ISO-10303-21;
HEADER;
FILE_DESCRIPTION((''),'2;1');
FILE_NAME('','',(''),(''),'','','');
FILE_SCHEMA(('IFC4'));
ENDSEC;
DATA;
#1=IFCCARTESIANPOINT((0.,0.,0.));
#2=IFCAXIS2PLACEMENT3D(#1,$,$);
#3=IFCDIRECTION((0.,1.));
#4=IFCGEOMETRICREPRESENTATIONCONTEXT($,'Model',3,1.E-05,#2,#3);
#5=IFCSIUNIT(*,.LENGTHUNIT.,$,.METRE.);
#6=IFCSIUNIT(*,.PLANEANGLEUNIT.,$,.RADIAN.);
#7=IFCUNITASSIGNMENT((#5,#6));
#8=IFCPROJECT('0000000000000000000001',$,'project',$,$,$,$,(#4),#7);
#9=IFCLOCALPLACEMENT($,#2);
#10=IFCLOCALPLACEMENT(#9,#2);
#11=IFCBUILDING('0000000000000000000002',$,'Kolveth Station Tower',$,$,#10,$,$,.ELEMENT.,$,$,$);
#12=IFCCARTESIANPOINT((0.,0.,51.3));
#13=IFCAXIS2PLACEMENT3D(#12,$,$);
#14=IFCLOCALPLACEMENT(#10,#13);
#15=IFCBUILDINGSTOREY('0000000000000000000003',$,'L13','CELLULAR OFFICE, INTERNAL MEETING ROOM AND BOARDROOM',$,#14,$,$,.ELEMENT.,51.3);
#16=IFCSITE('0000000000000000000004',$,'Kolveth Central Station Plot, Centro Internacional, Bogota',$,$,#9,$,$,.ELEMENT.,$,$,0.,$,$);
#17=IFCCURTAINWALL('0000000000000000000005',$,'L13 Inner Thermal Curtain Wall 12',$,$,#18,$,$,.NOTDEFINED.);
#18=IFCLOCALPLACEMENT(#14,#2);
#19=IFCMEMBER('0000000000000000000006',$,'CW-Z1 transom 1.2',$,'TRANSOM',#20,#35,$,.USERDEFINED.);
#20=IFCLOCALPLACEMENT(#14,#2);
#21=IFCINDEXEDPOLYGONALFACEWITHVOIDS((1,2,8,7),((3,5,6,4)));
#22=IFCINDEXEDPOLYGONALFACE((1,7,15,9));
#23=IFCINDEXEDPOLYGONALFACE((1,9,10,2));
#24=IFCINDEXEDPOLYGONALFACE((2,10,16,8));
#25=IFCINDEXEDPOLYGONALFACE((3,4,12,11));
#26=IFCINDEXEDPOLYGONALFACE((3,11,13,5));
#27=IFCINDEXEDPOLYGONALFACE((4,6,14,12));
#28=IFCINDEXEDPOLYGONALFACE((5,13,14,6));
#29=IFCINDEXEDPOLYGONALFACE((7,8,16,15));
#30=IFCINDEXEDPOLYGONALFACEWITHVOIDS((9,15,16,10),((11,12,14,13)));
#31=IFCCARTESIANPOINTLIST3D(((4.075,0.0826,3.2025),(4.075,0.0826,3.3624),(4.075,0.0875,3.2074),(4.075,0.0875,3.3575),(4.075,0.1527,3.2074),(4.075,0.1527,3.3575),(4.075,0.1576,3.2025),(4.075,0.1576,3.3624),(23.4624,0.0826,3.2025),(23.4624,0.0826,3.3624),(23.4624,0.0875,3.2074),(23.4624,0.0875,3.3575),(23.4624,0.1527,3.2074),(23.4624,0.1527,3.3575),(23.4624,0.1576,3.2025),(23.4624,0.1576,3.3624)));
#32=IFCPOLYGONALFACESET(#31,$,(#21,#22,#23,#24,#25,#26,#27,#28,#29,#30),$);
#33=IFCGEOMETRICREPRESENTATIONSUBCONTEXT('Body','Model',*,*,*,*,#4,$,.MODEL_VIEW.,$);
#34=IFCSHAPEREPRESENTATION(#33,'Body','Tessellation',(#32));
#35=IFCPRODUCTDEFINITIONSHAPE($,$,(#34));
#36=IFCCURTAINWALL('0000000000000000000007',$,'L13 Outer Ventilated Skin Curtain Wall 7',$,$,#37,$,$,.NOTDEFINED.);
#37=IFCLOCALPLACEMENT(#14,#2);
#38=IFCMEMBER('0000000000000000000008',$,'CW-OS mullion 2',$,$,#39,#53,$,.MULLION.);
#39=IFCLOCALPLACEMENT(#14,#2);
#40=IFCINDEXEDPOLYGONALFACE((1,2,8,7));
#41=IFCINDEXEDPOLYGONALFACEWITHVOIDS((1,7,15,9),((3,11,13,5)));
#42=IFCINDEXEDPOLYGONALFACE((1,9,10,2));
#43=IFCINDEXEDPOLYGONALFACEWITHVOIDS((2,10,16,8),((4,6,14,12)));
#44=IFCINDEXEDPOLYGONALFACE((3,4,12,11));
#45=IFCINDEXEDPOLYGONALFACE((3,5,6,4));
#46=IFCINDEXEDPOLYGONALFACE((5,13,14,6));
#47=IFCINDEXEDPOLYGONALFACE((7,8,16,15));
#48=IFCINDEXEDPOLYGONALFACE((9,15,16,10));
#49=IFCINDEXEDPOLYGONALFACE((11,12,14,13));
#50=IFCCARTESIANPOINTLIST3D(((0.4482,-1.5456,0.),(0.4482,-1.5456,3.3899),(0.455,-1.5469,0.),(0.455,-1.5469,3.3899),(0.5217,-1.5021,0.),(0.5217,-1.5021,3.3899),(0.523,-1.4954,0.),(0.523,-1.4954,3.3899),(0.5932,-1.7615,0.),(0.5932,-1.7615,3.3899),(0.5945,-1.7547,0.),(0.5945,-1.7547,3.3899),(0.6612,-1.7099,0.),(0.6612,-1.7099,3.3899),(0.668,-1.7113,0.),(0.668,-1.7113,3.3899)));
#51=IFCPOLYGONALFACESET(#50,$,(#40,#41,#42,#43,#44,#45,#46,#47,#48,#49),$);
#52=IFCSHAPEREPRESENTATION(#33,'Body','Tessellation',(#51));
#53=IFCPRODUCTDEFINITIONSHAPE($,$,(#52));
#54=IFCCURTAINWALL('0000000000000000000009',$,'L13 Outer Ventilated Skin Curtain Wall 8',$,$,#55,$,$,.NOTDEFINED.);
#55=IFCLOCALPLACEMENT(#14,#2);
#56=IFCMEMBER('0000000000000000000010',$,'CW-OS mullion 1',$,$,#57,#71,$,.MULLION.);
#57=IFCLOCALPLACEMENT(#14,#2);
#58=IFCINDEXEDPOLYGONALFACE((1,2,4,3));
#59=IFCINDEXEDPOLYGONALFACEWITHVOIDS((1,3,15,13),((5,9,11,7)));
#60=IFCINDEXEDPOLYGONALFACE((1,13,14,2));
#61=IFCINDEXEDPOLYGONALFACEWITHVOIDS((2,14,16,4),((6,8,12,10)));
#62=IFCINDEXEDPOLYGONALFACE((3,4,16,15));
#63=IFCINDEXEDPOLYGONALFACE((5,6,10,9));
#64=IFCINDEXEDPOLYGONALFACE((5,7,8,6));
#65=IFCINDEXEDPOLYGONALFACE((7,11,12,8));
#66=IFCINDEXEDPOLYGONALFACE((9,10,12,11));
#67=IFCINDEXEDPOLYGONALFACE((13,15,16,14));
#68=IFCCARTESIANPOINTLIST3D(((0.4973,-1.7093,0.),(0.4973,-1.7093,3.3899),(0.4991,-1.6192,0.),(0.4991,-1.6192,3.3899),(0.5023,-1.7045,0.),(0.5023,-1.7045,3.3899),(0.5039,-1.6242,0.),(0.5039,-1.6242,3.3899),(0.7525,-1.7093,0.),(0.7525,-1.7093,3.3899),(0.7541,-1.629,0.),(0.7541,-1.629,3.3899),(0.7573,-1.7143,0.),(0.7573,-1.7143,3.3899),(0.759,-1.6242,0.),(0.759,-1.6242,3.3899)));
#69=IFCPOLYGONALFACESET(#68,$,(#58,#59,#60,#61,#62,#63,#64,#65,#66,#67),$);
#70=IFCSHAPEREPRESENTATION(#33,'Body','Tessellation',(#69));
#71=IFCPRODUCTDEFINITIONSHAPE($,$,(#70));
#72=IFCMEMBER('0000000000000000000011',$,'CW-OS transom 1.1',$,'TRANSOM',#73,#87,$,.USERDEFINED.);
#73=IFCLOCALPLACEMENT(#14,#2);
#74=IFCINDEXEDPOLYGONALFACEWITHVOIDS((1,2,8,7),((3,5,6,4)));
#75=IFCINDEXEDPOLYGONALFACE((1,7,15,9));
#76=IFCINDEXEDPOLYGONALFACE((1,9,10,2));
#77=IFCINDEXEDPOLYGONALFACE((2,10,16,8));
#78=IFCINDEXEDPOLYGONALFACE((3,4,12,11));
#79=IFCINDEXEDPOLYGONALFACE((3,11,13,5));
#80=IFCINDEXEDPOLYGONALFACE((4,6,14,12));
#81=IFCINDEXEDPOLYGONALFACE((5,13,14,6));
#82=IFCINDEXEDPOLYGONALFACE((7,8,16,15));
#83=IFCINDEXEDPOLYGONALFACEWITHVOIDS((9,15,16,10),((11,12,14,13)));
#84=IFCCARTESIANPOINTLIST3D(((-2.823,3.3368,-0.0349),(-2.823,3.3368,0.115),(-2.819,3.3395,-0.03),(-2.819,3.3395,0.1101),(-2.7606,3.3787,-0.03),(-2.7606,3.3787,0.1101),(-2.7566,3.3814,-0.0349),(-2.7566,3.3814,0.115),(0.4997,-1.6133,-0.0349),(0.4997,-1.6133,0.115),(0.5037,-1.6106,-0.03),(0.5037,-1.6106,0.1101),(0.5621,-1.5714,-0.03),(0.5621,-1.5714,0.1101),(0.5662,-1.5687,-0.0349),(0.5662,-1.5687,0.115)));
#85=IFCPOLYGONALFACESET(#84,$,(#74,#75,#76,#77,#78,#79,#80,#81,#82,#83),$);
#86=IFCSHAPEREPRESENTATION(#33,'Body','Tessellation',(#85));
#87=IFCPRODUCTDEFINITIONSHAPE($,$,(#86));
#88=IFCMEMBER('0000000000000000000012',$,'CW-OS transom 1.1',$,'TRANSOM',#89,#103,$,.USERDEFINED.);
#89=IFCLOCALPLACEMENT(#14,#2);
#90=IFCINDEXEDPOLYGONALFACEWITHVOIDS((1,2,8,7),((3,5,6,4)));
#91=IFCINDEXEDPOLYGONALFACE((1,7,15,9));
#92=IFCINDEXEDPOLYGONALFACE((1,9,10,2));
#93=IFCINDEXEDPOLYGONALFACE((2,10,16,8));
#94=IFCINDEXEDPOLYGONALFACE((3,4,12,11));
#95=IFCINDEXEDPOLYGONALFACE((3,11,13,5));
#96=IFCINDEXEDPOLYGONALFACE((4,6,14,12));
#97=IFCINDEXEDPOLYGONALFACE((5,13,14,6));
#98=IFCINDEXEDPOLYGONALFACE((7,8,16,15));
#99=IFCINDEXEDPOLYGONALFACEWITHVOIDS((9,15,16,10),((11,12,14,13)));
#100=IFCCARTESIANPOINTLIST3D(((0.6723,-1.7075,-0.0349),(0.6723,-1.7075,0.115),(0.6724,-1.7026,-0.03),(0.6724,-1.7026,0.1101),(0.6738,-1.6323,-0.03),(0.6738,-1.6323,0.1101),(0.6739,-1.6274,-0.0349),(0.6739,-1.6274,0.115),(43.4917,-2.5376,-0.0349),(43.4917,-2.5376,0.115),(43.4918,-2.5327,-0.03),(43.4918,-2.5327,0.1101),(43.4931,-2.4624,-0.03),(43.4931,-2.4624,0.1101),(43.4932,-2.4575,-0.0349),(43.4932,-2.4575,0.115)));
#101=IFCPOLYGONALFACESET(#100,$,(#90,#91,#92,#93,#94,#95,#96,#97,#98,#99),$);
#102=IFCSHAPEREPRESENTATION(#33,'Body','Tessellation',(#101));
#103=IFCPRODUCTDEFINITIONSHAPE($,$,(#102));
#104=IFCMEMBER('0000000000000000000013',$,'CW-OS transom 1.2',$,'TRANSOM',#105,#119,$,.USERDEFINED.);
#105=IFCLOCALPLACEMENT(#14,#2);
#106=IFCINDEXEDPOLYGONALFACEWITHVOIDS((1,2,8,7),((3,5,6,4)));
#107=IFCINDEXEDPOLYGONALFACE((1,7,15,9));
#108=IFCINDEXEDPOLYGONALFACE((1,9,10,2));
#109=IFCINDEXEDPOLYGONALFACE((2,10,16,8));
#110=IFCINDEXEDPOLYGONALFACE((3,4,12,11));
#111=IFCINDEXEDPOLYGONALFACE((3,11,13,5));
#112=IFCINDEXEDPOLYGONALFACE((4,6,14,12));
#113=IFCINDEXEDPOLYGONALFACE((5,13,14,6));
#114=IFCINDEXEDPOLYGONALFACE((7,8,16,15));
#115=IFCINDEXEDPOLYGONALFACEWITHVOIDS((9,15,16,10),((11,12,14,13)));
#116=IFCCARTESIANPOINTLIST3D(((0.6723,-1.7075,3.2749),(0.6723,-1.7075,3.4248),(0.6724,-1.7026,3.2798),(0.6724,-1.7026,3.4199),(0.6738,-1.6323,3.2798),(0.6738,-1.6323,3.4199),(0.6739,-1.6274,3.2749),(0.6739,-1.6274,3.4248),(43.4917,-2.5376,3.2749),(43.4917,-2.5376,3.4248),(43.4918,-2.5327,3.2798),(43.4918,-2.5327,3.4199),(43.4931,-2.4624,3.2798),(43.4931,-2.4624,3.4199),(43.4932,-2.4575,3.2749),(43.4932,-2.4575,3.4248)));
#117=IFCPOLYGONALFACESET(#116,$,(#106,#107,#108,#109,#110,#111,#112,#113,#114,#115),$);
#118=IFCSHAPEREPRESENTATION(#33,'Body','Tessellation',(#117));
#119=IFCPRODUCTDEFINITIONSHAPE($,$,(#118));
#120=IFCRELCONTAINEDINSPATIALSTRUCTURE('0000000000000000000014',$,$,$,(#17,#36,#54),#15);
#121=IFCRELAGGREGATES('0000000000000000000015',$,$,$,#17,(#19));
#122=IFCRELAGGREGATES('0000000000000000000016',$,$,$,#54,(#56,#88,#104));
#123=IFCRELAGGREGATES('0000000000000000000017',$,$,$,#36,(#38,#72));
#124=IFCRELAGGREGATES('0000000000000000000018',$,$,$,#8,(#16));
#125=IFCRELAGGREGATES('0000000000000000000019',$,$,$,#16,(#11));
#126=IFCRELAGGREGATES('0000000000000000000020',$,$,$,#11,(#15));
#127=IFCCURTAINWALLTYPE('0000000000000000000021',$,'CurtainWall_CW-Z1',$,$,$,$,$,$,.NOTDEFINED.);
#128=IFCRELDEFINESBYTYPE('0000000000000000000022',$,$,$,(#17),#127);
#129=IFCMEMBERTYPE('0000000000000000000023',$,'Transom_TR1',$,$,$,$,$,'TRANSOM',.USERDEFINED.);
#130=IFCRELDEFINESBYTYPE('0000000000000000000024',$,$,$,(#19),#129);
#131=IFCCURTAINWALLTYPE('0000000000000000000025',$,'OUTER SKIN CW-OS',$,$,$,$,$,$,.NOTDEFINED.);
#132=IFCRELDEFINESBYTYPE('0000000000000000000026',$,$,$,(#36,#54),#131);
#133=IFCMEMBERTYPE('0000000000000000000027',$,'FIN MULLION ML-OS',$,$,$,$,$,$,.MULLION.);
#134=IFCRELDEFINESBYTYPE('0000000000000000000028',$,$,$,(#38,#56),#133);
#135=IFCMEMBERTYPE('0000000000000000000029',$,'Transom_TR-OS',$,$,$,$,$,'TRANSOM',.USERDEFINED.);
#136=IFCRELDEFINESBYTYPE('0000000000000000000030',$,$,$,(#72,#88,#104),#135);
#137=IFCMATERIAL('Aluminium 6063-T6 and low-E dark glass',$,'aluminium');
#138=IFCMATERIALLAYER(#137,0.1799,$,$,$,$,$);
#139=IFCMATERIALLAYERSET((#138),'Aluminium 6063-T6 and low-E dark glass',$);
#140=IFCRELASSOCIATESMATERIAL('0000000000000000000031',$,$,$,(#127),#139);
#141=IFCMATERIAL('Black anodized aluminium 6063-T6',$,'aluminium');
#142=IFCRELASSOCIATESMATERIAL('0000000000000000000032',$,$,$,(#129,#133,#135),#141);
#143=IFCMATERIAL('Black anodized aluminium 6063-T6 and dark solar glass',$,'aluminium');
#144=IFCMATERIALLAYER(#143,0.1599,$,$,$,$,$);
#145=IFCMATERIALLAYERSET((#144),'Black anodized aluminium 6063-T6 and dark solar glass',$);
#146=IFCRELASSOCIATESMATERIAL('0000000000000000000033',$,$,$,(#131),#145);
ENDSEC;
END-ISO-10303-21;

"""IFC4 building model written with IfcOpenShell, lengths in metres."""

from ifc_helpers import new_model, si_unit, direction, frame, origin, origin_2d, place, context, subcontext, project, spatial, hollow_rectangle, extrude, source, transform, mapped, material, layer, layer_set, material_profile, profile_set, type_object, element, aggregate, save


model = new_model("IFC4")

# Units and contexts
model_context = context("Model", 3, precision=1e-05, world=origin(), true_north=direction((0.0, 1.0)))
body_context = subcontext(model_context, "Body", "Model", "MODEL_VIEW")
ifc_project = project(units=[si_unit("LENGTHUNIT", "METRE"), si_unit("PLANEANGLEUNIT", "RADIAN")], contexts=[model_context])

# Site, building, storey
site_placement = place(None, origin())
site = spatial("IfcSite", under=ifc_project, at=site_placement, Name="Kolveth Central Station Plot, Centro Internacional, Bogota", CompositionType="ELEMENT", RefElevation=0.0)
building_placement = place(site_placement, origin())
building = spatial("IfcBuilding", under=site, at=building_placement, Name="Kolveth Station Tower", CompositionType="ELEMENT")
storey_placement = place(building_placement, frame((0.0, 0.0, 51.3)))
storey = spatial("IfcBuildingStorey", under=building, at=storey_placement, Name="L13", Description="CELLULAR OFFICE, INTERNAL MEETING ROOM AND BOARDROOM", CompositionType="ELEMENT", Elevation=51.3)

# Shared definitions
ifc_material_1 = material(Name="Aluminium 6063-T6 and low-E dark glass", Category="aluminium")
ifc_layer_1 = layer(ifc_material_1, 0.1799)
ifc_layer_set_1 = layer_set([ifc_layer_1], Name="Aluminium 6063-T6 and low-E dark glass")
curtain_wall_type_1 = type_object("IfcCurtainWallType", Name="CurtainWall_CW-Z1", PredefinedType="NOTDEFINED", material=ifc_layer_set_1)
ifc_material_2 = material(Name="Black anodized aluminium 6063-T6", Category="aluminium")

# Curtain wall
curtain_wall_1_placement = place(storey_placement, origin())
curtain_wall_1 = element("IfcCurtainWall", 1, at=curtain_wall_1_placement, inside=storey, type_object=curtain_wall_type_1, Name="L13 Inner Thermal Curtain Wall 12", PredefinedType="NOTDEFINED")

# Member
ifc_material_profile_1 = material_profile(ifc_material_2, hollow_rectangle(XDim=0.075, YDim=0.1599, WallThickness=0.0049, at=origin_2d()), Name="ALU-75x160x5")
ifc_profile_set_1 = profile_set([ifc_material_profile_1], Name="Black anodized aluminium 6063-T6")
member_type_1 = type_object("IfcMemberType", Name="Transom_TR1", ElementType="TRANSOM", PredefinedType="USERDEFINED", material=ifc_profile_set_1)
shared_shape_1 = source(origin(), body_context, "Body", "SweptSolid", [
    extrude(hollow_rectangle(XDim=0.075, YDim=0.1599, WallThickness=0.0049, at=origin_2d()), origin(), (0.0, 0.0, 1.0), 19.3875),
])
member_1_placement = place(storey_placement, frame((4.075, 0.1201, 3.2825), z_axis=(1.0, 0.0, 0.0), x_axis=(0.0, 1.0, 0.0)))
member_1 = element("IfcMember", 2, at=member_1_placement, type_object=member_type_1, Name="CW-Z1 transom 1.2", ObjectType="TRANSOM", PredefinedType="USERDEFINED", context=body_context, shape_type="MappedRepresentation", body=[
    mapped(shared_shape_1, transform((0.0, 0.0, 0.0), x_axis=(1.0, 0.0, 0.0), y_axis=(0.0, 1.0, 0.0), z_axis=(0.0, 0.0, 1.0), scale=1.0)),
])
aggregate(curtain_wall_1, [member_1])

# Curtain walls, members
ifc_material_3 = material(Name="Black anodized aluminium 6063-T6 and dark solar glass", Category="aluminium")
ifc_layer_2 = layer(ifc_material_3, 0.1599)
ifc_layer_set_2 = layer_set([ifc_layer_2], Name="Black anodized aluminium 6063-T6 and dark solar glass")
curtain_wall_type_2 = type_object("IfcCurtainWallType", Name="OUTER SKIN CW-OS", PredefinedType="NOTDEFINED", material=ifc_layer_set_2)
curtain_wall_2_placement = place(storey_placement, origin())
curtain_wall_2 = element("IfcCurtainWall", 3, at=curtain_wall_2_placement, inside=storey, type_object=curtain_wall_type_2, Name="L13 Outer Ventilated Skin Curtain Wall 7", PredefinedType="NOTDEFINED")
ifc_material_profile_2 = material_profile(ifc_material_2, hollow_rectangle(XDim=0.0901, YDim=0.26, WallThickness=0.0049, at=origin_2d()), Name="ALU-90x260x5")
ifc_profile_set_2 = profile_set([ifc_material_profile_2], Name="Black anodized aluminium 6063-T6")
member_type_2 = type_object("IfcMemberType", Name="FIN MULLION ML-OS", PredefinedType="MULLION", material=ifc_profile_set_2)
shared_shape_2 = source(origin(), body_context, "Body", "SweptSolid", [
    extrude(hollow_rectangle(XDim=0.0901, YDim=0.26, WallThickness=0.0049, at=origin_2d()), origin(), (0.0, 0.0, 1.0), 3.3899),
])
member_2_placement = place(storey_placement, frame((0.5581, -1.6284, 0.0), z_axis=(0.0, 0.0, 1.0), x_axis=(0.830283, 0.557342, 0.0)))
member_2 = element("IfcMember", 4, at=member_2_placement, type_object=member_type_2, Name="CW-OS mullion 2", PredefinedType="MULLION", context=body_context, shape_type="MappedRepresentation", body=[
    mapped(shared_shape_2, transform((0.0, 0.0, 0.0), x_axis=(1.0, 0.0, 0.0), y_axis=(0.0, 1.0, 0.0), z_axis=(0.0, 0.0, 1.0), scale=1.0)),
])
curtain_wall_3_placement = place(storey_placement, origin())
curtain_wall_3 = element("IfcCurtainWall", 5, at=curtain_wall_3_placement, inside=storey, type_object=curtain_wall_type_2, Name="L13 Outer Ventilated Skin Curtain Wall 8", PredefinedType="NOTDEFINED")
member_3_placement = place(storey_placement, frame((0.6282, -1.6667, 0.0), z_axis=(0.0, 0.0, 1.0), x_axis=(0.019383, 0.999812, 0.0)))
member_3 = element("IfcMember", 6, at=member_3_placement, type_object=member_type_2, Name="CW-OS mullion 1", PredefinedType="MULLION", context=body_context, shape_type="MappedRepresentation", body=[
    mapped(shared_shape_2, transform((0.0, 0.0, 0.0), x_axis=(1.0, 0.0, 0.0), y_axis=(0.0, 1.0, 0.0), z_axis=(0.0, 0.0, 1.0), scale=1.0)),
])

# Members
ifc_material_profile_3 = material_profile(ifc_material_2, hollow_rectangle(XDim=0.0801, YDim=0.1499, WallThickness=0.0049, at=origin_2d()), Name="ALU-80x150x5")
ifc_profile_set_3 = profile_set([ifc_material_profile_3], Name="Black anodized aluminium 6063-T6")
member_type_3 = type_object("IfcMemberType", Name="Transom_TR-OS", ElementType="TRANSOM", PredefinedType="USERDEFINED", material=ifc_profile_set_3)
shared_shape_3 = source(origin(), body_context, "Body", "SweptSolid", [
    extrude(hollow_rectangle(XDim=0.0801, YDim=0.1499, WallThickness=0.0049, at=origin_2d()), origin(), (0.0, 0.0, 1.0), 5.9619),
])
member_4_placement = place(storey_placement, frame((-2.7898, 3.3591, 0.04), z_axis=(0.557325, -0.830295, 0.0), x_axis=(0.830295, 0.557325, 0.0)))
member_4 = element("IfcMember", 7, at=member_4_placement, type_object=member_type_3, Name="CW-OS transom 1.1", ObjectType="TRANSOM", PredefinedType="USERDEFINED", context=body_context, shape_type="MappedRepresentation", body=[
    mapped(shared_shape_3, transform((0.0, 0.0, 0.0), x_axis=(1.0, 0.0, 0.0), y_axis=(0.0, 1.0, 0.0), z_axis=(0.0, 0.0, 1.0), scale=1.0)),
])
shared_shape_4 = source(origin(), body_context, "Body", "SweptSolid", [
    extrude(hollow_rectangle(XDim=0.0801, YDim=0.1499, WallThickness=0.0049, at=origin_2d()), origin(), (0.0, 0.0, 1.0), 42.8274),
])
member_5_placement = place(storey_placement, frame((0.6731, -1.6675, 0.04), z_axis=(0.999812, -0.019382, 0.0), x_axis=(0.019382, 0.999812, 0.0)))
member_5 = element("IfcMember", 8, at=member_5_placement, type_object=member_type_3, Name="CW-OS transom 1.1", ObjectType="TRANSOM", PredefinedType="USERDEFINED", context=body_context, shape_type="MappedRepresentation", body=[
    mapped(shared_shape_4, transform((0.0, 0.0, 0.0), x_axis=(1.0, 0.0, 0.0), y_axis=(0.0, 1.0, 0.0), z_axis=(0.0, 0.0, 1.0), scale=1.0)),
])
member_6_placement = place(storey_placement, frame((0.6731, -1.6675, 3.3499), z_axis=(0.999812, -0.019382, 0.0), x_axis=(0.019382, 0.999812, 0.0)))
member_6 = element("IfcMember", 9, at=member_6_placement, type_object=member_type_3, Name="CW-OS transom 1.2", ObjectType="TRANSOM", PredefinedType="USERDEFINED", context=body_context, shape_type="MappedRepresentation", body=[
    mapped(shared_shape_4, transform((0.0, 0.0, 0.0), x_axis=(1.0, 0.0, 0.0), y_axis=(0.0, 1.0, 0.0), z_axis=(0.0, 0.0, 1.0), scale=1.0)),
])
aggregate(curtain_wall_3, [member_3, member_5, member_6])

aggregate(curtain_wall_2, [member_2, member_4])

save(model, "model.ifc")
